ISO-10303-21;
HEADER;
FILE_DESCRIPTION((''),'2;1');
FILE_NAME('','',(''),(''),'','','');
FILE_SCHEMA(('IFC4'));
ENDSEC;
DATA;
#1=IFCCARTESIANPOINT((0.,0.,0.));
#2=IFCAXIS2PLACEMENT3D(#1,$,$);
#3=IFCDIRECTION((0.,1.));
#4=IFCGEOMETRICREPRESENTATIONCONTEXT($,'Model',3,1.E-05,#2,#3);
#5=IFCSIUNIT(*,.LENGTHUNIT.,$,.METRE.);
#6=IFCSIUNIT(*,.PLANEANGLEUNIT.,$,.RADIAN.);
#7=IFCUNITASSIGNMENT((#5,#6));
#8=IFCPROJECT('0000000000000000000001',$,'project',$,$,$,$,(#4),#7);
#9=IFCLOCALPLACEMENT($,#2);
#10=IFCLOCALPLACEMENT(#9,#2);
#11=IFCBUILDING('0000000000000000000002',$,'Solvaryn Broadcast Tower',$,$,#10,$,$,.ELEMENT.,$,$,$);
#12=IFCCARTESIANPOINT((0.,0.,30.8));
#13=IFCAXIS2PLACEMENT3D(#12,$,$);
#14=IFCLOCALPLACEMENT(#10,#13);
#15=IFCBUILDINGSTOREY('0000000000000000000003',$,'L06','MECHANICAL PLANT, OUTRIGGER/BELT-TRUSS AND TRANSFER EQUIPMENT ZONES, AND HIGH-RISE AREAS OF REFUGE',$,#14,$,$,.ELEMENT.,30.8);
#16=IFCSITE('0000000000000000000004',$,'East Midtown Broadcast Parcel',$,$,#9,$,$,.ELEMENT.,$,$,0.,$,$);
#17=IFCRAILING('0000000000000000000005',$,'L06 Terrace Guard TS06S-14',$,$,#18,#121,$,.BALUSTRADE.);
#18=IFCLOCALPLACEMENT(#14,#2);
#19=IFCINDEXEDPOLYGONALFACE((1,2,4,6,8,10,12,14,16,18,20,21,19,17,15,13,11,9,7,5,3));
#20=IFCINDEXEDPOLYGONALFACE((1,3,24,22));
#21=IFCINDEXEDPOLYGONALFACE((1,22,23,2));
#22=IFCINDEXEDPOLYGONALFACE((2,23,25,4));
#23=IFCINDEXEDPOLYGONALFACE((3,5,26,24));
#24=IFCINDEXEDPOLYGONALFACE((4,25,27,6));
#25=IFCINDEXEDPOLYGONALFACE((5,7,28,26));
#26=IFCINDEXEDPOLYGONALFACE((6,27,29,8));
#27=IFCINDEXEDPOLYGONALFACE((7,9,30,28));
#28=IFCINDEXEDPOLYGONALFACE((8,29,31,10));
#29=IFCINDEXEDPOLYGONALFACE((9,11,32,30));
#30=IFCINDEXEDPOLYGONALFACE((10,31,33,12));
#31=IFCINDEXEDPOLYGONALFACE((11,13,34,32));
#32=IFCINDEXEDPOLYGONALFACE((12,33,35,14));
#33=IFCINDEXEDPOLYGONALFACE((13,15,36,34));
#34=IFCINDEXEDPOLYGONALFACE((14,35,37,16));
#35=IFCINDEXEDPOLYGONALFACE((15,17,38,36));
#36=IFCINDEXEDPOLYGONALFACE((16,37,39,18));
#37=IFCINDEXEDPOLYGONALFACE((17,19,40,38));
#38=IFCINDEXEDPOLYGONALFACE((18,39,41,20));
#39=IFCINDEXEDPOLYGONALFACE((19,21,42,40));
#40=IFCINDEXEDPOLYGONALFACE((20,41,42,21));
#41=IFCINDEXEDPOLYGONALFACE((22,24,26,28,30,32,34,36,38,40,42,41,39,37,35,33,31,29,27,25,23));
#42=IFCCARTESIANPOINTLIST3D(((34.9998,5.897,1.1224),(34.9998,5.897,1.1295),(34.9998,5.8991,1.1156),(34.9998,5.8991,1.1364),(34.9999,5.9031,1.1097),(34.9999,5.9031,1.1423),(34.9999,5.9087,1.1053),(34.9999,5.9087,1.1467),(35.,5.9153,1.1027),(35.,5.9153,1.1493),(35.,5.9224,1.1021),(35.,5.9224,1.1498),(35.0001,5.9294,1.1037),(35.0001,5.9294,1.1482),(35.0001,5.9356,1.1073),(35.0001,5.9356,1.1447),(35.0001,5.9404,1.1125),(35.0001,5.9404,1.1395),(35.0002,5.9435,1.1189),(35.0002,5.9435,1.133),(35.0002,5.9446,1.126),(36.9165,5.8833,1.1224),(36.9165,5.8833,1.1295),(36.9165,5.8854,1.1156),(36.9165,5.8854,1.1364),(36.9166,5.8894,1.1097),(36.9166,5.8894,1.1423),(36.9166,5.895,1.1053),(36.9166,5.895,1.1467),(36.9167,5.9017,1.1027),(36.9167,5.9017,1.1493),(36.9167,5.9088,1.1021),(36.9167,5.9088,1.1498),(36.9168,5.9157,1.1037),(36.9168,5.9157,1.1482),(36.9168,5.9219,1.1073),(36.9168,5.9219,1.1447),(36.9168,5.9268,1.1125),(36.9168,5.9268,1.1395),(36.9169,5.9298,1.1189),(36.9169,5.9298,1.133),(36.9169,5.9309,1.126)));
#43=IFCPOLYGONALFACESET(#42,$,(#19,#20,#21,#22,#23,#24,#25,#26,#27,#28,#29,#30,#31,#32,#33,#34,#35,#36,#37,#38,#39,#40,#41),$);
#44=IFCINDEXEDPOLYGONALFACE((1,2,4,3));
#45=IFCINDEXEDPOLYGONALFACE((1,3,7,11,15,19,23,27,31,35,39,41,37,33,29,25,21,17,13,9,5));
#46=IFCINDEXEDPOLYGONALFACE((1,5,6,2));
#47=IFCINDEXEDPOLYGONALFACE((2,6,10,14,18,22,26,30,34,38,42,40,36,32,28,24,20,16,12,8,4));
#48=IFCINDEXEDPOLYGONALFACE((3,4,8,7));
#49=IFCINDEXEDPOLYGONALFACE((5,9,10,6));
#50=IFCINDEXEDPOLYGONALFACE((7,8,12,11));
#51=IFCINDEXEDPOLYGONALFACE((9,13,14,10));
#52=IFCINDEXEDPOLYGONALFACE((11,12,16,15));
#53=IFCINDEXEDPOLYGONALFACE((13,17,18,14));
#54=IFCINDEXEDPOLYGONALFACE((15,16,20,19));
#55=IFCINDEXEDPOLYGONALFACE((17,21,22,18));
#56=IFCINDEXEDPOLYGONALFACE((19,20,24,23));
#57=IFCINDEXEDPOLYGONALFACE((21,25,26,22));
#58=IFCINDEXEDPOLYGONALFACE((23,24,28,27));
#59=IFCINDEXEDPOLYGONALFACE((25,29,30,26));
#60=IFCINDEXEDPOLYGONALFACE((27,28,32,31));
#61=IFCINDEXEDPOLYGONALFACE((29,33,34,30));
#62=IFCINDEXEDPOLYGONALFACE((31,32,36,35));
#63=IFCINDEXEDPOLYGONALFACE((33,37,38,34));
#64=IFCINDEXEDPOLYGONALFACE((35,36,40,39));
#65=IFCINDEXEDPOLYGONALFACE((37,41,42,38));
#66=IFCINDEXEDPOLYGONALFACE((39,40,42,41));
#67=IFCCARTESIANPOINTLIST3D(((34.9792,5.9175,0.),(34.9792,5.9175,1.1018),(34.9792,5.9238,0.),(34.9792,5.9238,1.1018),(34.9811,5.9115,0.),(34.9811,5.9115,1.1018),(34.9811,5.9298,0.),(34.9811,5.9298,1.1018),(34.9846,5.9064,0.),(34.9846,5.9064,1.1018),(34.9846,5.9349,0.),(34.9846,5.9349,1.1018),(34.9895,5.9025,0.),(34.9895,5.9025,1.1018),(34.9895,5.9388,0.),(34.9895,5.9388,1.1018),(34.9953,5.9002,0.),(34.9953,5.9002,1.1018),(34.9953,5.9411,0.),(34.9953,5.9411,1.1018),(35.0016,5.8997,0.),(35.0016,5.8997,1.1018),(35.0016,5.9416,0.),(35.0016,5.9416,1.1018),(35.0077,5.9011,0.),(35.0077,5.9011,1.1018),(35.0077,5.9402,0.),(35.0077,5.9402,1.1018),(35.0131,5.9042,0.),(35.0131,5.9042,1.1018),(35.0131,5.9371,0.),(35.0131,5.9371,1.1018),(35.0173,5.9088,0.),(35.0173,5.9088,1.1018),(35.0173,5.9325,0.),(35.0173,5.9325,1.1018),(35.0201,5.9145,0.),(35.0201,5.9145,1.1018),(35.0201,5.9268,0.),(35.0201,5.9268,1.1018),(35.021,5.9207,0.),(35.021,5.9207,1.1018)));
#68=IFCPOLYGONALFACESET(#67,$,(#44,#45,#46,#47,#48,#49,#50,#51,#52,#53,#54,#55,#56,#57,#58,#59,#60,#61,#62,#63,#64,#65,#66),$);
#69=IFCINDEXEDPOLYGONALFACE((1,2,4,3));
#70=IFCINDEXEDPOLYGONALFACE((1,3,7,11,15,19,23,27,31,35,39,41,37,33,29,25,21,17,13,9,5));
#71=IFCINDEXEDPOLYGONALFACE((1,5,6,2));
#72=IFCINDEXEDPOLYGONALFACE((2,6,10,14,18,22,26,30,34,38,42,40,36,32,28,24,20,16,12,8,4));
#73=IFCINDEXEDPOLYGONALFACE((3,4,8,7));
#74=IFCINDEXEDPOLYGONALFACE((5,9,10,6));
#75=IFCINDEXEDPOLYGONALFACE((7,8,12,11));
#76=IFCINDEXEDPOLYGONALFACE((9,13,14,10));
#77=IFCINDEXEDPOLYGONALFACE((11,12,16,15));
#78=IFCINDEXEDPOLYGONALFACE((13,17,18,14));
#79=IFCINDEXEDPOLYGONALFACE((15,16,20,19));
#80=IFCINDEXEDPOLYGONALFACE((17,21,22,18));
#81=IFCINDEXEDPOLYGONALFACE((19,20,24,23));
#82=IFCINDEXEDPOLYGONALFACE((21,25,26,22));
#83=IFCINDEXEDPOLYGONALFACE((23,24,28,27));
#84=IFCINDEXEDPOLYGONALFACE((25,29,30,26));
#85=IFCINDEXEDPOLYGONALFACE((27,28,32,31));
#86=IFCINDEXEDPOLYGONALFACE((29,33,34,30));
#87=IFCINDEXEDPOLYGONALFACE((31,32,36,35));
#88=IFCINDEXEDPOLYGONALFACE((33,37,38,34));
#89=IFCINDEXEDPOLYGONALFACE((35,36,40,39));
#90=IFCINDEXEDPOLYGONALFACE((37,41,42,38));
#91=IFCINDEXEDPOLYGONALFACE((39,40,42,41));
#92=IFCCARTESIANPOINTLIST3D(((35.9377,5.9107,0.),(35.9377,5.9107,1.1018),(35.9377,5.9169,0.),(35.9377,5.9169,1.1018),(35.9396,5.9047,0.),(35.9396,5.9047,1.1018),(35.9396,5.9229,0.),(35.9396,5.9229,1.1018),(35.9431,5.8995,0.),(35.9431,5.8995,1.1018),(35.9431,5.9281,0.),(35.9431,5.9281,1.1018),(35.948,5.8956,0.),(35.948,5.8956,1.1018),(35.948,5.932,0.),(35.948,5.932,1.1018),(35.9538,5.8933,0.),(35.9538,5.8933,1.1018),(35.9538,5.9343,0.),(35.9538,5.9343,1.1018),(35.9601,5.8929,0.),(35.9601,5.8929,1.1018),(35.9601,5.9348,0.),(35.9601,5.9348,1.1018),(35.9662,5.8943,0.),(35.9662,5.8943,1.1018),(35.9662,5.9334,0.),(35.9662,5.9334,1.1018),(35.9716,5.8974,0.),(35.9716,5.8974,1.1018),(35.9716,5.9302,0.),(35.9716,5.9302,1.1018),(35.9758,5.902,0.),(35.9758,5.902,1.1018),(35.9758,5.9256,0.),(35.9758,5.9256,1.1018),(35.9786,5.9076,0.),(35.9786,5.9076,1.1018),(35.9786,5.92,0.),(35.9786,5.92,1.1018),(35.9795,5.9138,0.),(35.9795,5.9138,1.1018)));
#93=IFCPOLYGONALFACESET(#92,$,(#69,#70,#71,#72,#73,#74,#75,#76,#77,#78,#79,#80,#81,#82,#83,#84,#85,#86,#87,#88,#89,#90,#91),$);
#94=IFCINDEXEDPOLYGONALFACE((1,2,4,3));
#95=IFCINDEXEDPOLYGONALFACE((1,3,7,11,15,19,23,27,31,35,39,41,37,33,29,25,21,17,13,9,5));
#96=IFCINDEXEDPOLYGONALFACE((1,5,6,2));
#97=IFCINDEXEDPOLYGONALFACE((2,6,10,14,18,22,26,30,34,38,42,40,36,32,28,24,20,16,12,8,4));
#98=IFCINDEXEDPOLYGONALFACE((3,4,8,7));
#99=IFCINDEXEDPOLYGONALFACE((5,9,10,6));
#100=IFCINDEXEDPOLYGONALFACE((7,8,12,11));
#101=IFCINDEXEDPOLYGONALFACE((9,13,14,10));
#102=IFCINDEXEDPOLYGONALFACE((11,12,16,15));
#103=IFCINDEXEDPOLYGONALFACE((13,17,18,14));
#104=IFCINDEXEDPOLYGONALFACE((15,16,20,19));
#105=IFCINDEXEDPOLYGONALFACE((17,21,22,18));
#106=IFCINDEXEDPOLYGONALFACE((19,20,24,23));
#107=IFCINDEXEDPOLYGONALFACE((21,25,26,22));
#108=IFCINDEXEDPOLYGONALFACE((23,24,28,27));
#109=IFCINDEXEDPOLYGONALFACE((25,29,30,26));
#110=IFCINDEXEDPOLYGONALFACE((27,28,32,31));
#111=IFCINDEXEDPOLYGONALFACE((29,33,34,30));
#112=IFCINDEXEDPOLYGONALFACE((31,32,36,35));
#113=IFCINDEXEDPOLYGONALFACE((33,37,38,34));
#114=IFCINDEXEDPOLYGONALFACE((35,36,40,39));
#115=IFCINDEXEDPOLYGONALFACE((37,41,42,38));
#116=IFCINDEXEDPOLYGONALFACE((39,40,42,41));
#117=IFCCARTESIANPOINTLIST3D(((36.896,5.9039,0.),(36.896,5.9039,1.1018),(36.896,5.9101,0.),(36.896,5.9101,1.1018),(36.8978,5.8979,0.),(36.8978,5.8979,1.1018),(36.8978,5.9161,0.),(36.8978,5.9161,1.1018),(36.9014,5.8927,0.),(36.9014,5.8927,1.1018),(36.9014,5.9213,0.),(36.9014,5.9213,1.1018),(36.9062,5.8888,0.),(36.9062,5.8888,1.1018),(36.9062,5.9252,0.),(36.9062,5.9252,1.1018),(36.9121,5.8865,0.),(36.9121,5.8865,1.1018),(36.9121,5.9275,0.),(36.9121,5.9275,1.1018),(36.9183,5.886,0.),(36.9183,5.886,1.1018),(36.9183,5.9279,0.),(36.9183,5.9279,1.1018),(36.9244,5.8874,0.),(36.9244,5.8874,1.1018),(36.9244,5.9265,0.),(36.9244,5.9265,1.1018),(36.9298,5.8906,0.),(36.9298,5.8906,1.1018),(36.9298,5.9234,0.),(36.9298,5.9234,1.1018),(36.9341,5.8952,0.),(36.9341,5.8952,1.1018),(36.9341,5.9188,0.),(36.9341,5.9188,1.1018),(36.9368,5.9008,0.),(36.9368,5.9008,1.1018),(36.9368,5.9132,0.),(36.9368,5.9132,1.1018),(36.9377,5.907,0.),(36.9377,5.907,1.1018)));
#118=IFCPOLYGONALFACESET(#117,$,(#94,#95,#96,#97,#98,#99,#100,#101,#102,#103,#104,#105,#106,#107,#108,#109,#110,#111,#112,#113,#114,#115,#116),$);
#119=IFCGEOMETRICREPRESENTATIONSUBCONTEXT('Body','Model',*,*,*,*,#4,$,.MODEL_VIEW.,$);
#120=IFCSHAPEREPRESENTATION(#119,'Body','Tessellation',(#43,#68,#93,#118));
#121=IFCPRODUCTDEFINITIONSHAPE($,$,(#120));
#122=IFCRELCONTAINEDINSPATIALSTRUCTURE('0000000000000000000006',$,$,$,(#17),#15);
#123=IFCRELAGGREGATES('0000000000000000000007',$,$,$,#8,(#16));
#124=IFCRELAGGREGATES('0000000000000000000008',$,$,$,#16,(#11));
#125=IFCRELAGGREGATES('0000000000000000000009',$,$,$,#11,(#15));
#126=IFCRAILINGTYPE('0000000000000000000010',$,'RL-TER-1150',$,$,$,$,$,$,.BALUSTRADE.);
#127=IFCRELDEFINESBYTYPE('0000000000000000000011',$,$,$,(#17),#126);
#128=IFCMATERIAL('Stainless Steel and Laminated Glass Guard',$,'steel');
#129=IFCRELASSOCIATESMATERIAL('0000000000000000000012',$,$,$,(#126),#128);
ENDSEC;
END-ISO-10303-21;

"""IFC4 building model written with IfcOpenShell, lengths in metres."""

from ifc_helpers import new_model, si_unit, direction, frame, origin, origin_2d, place, context, subcontext, project, spatial, circle, extrude, material, type_object, element, save


model = new_model("IFC4")

# Units and contexts
model_context = context("Model", 3, precision=1e-05, world=origin(), true_north=direction((0.0, 1.0)))
body_context = subcontext(model_context, "Body", "Model", "MODEL_VIEW")
ifc_project = project(units=[si_unit("LENGTHUNIT", "METRE"), si_unit("PLANEANGLEUNIT", "RADIAN")], contexts=[model_context])

# Site, building, storey
site_placement = place(None, origin())
site = spatial("IfcSite", under=ifc_project, at=site_placement, Name="East Midtown Broadcast Parcel", CompositionType="ELEMENT", RefElevation=0.0)
building_placement = place(site_placement, origin())
building = spatial("IfcBuilding", under=site, at=building_placement, Name="Solvaryn Broadcast Tower", CompositionType="ELEMENT")
storey_placement = place(building_placement, frame((0.0, 0.0, 30.8)))
storey = spatial("IfcBuildingStorey", under=building, at=storey_placement, Name="L06", Description="MECHANICAL PLANT, OUTRIGGER/BELT-TRUSS AND TRANSFER EQUIPMENT ZONES, AND HIGH-RISE AREAS OF REFUGE", CompositionType="ELEMENT", Elevation=30.8)

# Railing
ifc_material_1 = material(Name="Stainless Steel and Laminated Glass Guard", Category="steel")
railing_type = type_object("IfcRailingType", Name="RL-TER-1150", PredefinedType="BALUSTRADE", material=ifc_material_1)
railing_1_placement = place(storey_placement, frame((35.0, 5.9207, 0.0)))
element("IfcRailing", 1, at=railing_1_placement, inside=storey, type_object=railing_type, Name="L06 Terrace Guard TS06S-14", PredefinedType="BALUSTRADE", context=body_context, shape_type="SweptSolid", body=[
    extrude(circle(Radius=0.0239, at=origin_2d()), frame((0.0, 0.0, 1.126), z_axis=(0.999975, -0.007133, 0.0), x_axis=(0.007133, 0.999975, 0.0)), (0.0, 0.0, 1.0), 1.9167),
    extrude(circle(Radius=0.021, at=origin_2d()), origin(), (0.0, 0.0, 1.0), 1.1018),
    extrude(circle(Radius=0.021, at=origin_2d()), frame((0.9585, -0.0068, 0.0)), (0.0, 0.0, 1.0), 1.1018),
    extrude(circle(Radius=0.021, at=origin_2d()), frame((1.9167, -0.0137, 0.0)), (0.0, 0.0, 1.0), 1.1018),
])

save(model, "model.ifc")
